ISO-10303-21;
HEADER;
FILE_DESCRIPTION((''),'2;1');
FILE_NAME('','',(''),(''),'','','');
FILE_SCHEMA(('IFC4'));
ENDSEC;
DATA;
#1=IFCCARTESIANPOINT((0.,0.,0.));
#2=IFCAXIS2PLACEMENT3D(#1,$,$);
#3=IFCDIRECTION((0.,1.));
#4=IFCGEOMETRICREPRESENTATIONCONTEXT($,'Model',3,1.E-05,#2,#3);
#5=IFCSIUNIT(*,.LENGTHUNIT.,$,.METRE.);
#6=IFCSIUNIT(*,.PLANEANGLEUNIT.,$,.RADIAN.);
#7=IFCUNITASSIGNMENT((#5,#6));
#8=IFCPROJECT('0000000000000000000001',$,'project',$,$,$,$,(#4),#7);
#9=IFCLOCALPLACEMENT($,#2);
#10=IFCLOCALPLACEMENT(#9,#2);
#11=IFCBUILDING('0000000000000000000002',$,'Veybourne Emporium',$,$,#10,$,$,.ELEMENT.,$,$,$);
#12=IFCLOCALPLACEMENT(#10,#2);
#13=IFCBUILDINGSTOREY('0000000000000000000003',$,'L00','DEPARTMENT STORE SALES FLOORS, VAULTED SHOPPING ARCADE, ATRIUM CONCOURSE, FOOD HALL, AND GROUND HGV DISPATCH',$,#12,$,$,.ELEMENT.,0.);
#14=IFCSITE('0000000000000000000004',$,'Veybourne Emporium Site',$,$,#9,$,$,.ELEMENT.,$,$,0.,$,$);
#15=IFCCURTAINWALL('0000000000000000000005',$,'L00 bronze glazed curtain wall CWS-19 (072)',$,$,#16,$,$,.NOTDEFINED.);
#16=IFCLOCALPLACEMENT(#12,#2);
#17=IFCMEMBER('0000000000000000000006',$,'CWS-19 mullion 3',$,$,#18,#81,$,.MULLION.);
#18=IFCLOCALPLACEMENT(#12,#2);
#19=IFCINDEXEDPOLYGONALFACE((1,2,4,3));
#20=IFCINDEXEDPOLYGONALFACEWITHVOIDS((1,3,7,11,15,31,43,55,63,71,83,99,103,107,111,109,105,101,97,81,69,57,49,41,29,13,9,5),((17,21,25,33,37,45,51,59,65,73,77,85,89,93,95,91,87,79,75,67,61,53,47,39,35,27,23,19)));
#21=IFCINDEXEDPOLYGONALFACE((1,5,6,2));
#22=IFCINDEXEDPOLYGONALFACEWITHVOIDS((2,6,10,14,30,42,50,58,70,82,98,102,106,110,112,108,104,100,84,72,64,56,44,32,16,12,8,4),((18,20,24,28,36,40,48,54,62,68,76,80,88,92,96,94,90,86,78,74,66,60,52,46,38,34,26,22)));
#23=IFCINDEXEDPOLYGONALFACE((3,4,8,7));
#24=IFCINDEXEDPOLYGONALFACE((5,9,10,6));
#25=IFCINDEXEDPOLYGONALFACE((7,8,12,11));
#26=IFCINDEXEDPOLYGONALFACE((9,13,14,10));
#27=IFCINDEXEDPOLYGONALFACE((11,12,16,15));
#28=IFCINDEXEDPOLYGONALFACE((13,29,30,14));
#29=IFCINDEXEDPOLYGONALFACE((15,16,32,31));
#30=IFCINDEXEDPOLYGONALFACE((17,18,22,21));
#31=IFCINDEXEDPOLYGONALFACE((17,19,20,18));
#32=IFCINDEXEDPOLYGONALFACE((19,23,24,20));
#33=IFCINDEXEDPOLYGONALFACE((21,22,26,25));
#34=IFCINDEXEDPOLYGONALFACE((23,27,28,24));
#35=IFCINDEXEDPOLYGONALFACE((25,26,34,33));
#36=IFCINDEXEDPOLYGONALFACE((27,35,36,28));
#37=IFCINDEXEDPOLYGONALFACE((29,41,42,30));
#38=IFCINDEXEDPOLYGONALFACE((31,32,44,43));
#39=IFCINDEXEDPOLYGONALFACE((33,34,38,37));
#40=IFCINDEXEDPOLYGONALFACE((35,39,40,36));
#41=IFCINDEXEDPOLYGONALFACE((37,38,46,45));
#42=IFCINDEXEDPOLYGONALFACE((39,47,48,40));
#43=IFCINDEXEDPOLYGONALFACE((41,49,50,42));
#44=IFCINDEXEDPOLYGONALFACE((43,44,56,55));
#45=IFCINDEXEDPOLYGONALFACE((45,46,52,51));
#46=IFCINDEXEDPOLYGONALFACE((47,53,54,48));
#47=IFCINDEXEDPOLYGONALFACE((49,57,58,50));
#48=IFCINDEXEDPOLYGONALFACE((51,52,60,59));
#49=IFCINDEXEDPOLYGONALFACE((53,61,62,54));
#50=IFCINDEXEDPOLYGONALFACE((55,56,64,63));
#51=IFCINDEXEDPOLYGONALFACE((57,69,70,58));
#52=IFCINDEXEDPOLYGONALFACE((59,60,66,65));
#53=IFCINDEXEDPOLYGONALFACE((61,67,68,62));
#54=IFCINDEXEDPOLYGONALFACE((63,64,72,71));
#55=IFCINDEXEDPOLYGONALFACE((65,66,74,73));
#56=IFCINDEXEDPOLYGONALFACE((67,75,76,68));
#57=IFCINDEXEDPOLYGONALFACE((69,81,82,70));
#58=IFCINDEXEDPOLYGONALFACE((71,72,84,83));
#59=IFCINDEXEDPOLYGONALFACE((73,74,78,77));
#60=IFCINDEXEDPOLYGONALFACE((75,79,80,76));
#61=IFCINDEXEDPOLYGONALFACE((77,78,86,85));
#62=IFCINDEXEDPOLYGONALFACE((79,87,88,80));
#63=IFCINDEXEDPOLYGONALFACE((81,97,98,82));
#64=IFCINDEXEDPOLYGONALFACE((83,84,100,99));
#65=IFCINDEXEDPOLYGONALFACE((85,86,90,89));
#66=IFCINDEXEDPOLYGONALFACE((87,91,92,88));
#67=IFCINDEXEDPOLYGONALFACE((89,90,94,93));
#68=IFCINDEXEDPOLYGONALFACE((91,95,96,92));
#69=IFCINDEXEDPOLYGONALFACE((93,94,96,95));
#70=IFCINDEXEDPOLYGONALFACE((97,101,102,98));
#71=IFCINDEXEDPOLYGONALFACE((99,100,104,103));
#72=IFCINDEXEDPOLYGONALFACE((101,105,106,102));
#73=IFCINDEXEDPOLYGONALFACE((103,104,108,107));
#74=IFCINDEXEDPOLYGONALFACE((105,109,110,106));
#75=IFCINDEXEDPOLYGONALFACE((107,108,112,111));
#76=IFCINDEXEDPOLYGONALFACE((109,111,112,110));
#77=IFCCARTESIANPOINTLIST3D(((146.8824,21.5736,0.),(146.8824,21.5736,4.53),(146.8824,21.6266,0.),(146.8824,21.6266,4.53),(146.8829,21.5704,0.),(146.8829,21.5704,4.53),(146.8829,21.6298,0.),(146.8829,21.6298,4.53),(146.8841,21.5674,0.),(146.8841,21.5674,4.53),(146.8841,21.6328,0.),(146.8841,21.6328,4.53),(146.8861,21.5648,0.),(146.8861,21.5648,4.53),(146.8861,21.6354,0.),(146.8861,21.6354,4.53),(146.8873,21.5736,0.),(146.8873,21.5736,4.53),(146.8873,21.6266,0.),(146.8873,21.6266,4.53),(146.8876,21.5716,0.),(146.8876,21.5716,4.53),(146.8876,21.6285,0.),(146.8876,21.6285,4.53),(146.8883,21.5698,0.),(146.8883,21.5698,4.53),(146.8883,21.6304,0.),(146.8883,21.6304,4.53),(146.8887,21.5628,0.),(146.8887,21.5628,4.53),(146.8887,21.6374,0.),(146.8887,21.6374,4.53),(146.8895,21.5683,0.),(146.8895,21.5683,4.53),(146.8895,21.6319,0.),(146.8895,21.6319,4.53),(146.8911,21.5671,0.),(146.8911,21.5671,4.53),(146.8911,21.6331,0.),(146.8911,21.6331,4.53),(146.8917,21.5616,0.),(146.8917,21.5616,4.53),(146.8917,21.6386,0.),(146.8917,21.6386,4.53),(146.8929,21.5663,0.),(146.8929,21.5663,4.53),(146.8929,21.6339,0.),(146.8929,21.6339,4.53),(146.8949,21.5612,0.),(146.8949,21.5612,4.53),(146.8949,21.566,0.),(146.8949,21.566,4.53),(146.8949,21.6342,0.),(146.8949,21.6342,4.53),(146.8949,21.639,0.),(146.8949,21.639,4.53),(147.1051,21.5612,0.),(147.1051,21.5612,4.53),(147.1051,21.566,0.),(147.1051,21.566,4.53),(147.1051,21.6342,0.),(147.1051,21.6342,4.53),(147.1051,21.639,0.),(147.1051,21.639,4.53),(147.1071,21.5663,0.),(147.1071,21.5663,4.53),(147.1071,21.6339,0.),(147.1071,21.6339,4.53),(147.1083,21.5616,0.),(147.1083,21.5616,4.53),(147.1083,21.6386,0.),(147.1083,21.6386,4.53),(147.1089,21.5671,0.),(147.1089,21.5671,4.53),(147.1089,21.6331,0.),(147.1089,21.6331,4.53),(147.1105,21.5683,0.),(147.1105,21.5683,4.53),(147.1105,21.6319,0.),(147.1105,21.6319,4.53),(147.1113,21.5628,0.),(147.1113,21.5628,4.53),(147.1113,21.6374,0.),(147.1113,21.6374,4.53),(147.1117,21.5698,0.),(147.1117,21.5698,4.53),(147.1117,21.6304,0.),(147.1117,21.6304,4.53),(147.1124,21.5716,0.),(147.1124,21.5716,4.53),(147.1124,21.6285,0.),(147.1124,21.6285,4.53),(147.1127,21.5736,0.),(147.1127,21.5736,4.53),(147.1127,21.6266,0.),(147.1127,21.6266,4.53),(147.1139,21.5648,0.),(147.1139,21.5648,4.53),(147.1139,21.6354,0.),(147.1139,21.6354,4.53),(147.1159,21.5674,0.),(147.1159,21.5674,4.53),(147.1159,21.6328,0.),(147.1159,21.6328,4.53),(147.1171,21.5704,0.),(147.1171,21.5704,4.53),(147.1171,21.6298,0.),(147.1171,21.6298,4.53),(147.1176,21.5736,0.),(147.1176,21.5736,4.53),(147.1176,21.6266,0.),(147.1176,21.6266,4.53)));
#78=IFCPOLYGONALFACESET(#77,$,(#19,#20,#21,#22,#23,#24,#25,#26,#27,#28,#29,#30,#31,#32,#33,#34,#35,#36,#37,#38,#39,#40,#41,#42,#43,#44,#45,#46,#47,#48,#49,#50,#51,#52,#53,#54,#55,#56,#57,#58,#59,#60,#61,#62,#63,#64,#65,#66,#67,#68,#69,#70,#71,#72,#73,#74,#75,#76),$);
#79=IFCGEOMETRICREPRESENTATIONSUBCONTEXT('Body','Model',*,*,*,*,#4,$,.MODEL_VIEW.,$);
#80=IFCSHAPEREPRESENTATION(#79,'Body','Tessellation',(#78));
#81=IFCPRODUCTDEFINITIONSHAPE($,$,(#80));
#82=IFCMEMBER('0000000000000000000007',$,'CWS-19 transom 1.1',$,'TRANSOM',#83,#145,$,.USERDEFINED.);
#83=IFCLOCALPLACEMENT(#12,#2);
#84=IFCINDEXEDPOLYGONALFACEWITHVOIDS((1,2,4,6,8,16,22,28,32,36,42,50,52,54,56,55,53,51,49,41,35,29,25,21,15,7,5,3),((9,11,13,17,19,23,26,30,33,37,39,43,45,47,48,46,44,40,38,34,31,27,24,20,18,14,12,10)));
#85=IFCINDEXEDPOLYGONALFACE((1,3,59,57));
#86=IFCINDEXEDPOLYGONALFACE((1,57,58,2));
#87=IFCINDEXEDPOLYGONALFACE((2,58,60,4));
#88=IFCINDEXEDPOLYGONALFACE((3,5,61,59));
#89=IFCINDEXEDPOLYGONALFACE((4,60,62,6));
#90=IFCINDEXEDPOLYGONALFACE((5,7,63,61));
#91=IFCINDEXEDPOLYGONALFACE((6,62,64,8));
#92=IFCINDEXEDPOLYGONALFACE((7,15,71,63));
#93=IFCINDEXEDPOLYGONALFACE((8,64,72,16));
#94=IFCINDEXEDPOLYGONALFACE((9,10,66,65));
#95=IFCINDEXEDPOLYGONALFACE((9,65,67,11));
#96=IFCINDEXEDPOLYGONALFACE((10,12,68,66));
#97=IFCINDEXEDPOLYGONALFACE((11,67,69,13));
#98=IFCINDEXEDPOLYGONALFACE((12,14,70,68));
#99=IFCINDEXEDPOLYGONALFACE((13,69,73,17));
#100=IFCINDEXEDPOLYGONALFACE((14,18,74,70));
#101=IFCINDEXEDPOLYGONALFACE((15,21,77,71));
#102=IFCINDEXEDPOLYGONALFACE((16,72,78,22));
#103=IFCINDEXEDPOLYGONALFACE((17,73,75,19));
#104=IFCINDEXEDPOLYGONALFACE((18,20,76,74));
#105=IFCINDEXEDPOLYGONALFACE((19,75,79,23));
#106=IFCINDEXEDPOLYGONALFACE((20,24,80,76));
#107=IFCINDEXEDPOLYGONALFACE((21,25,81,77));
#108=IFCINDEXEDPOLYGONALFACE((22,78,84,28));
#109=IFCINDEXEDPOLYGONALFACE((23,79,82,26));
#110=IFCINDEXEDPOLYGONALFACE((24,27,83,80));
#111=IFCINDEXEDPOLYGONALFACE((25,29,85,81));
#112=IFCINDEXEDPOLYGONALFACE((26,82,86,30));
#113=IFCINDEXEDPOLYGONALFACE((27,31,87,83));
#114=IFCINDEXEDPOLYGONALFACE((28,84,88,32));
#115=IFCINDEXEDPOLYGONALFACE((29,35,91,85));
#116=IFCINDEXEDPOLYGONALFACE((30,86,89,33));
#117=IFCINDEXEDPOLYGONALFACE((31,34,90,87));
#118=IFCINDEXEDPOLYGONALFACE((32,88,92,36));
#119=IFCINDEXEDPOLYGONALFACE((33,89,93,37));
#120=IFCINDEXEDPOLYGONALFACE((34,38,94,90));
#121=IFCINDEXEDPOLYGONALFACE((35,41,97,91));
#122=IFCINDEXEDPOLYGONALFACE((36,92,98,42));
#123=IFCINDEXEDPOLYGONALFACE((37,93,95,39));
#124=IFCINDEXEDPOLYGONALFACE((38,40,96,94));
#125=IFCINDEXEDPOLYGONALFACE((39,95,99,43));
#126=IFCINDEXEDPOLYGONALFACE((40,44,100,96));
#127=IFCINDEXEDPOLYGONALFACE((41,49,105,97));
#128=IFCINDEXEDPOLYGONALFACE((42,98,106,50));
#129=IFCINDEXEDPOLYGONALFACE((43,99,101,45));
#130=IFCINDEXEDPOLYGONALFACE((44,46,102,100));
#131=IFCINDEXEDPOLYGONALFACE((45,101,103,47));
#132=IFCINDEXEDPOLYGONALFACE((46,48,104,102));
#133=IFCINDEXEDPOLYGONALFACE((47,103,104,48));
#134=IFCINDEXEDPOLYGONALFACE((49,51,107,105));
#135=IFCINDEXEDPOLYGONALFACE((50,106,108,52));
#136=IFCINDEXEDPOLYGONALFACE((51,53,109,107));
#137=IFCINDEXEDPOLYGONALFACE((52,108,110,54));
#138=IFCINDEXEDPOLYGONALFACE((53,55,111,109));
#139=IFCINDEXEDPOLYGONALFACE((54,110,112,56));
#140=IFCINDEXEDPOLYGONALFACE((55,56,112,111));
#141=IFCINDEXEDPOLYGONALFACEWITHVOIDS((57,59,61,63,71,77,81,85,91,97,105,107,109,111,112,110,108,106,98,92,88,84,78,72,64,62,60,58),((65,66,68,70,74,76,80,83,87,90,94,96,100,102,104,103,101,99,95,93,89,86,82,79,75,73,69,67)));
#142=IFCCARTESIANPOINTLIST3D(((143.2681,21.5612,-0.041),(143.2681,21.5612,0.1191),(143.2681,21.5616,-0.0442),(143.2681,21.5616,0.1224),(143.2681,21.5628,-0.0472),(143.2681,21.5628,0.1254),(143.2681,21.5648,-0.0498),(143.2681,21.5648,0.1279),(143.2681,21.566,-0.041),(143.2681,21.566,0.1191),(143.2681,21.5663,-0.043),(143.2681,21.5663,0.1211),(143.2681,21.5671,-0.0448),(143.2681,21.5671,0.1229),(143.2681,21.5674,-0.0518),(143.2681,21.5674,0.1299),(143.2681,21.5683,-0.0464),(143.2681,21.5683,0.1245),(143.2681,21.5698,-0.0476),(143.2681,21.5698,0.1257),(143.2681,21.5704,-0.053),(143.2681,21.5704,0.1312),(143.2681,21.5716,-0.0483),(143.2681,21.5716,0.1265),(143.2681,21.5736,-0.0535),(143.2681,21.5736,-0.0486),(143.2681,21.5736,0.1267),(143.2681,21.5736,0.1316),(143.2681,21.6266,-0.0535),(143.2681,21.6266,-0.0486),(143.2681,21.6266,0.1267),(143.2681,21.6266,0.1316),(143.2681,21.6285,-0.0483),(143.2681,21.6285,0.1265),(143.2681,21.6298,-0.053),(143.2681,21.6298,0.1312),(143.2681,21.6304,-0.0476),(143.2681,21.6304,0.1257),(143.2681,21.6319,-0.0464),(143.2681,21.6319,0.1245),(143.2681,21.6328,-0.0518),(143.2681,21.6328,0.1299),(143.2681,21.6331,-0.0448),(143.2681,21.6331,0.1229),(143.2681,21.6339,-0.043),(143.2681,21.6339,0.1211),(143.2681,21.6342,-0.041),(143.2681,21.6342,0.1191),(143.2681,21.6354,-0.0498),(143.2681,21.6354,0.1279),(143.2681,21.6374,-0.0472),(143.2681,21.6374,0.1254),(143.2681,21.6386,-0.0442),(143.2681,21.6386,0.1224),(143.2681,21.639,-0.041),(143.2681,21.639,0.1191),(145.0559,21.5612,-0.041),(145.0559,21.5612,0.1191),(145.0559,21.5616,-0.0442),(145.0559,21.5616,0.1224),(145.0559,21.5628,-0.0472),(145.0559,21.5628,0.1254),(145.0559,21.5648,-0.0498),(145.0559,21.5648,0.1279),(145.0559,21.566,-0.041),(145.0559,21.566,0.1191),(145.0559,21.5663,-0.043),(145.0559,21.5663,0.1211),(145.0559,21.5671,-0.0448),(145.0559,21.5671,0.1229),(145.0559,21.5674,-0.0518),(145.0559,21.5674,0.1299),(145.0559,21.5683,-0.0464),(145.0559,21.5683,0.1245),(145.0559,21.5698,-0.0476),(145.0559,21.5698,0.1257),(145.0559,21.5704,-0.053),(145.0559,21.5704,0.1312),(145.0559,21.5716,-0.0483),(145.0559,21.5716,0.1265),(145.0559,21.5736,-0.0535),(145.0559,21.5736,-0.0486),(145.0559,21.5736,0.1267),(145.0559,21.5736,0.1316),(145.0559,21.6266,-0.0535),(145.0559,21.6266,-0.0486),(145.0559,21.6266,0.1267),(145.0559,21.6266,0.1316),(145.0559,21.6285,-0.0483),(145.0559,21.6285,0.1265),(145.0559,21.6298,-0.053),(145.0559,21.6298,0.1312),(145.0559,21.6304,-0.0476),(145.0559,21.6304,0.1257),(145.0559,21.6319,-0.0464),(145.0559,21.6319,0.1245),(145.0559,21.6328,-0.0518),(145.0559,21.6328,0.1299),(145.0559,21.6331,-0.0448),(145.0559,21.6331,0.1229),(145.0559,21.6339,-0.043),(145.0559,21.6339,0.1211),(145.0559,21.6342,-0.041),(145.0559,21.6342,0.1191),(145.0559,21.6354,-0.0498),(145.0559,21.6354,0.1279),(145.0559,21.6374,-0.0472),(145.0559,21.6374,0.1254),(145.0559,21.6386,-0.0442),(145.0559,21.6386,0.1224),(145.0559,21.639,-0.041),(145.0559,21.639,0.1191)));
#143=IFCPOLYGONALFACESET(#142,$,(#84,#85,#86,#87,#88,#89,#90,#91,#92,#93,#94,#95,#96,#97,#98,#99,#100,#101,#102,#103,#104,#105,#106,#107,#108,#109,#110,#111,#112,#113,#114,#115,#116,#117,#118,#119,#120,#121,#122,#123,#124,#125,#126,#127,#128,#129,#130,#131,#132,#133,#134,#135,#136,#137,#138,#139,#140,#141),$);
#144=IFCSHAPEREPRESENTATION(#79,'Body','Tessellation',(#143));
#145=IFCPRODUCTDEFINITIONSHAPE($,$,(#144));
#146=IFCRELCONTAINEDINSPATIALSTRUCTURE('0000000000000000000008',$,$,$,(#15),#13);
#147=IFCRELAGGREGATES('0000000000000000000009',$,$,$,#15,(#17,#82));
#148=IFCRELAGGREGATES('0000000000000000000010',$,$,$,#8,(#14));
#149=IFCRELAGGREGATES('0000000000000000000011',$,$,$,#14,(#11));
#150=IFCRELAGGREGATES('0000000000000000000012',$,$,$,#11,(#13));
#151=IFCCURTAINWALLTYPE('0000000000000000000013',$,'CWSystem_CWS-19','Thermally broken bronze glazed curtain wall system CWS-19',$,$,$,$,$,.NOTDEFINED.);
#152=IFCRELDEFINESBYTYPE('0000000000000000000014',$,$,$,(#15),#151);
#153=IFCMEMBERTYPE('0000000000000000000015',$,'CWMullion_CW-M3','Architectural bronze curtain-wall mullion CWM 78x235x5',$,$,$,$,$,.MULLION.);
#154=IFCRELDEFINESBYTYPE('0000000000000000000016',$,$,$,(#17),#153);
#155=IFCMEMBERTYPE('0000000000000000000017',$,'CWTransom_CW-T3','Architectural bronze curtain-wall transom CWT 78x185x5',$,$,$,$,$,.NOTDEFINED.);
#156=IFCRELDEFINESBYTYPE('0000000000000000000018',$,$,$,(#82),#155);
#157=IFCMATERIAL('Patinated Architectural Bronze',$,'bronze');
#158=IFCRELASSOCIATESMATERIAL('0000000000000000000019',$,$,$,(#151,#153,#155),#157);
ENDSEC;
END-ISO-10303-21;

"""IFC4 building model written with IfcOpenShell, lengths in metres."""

from ifc_helpers import new_model, si_unit, direction, frame, origin, origin_2d, place, context, subcontext, project, spatial, hollow_rectangle, extrude, material, material_profile, profile_set, type_object, element, aggregate, save


model = new_model("IFC4")

# Units and contexts
model_context = context("Model", 3, precision=1e-05, world=origin(), true_north=direction((0.0, 1.0)))
body_context = subcontext(model_context, "Body", "Model", "MODEL_VIEW")
ifc_project = project(units=[si_unit("LENGTHUNIT", "METRE"), si_unit("PLANEANGLEUNIT", "RADIAN")], contexts=[model_context])

# Site, building, storey
site_placement = place(None, origin())
site = spatial("IfcSite", under=ifc_project, at=site_placement, Name="Veybourne Emporium Site", CompositionType="ELEMENT", RefElevation=0.0)
building_placement = place(site_placement, origin())
building = spatial("IfcBuilding", under=site, at=building_placement, Name="Veybourne Emporium", CompositionType="ELEMENT")
storey_placement = place(building_placement, origin())
storey = spatial("IfcBuildingStorey", under=building, at=storey_placement, Name="L00", Description="DEPARTMENT STORE SALES FLOORS, VAULTED SHOPPING ARCADE, ATRIUM CONCOURSE, FOOD HALL, AND GROUND HGV DISPATCH", CompositionType="ELEMENT", Elevation=0.0)

# Curtain wall, members
ifc_material_1 = material(Name="Patinated Architectural Bronze", Category="bronze")
curtain_wall_type = type_object("IfcCurtainWallType", Name="CWSystem_CWS-19", Description="Thermally broken bronze glazed curtain wall system CWS-19", PredefinedType="NOTDEFINED", material=ifc_material_1)
curtain_wall_placement = place(storey_placement, origin())
curtain_wall = element("IfcCurtainWall", 1, at=curtain_wall_placement, inside=storey, type_object=curtain_wall_type, Name="L00 bronze glazed curtain wall CWS-19 (072)", PredefinedType="NOTDEFINED")
ifc_material_profile_1 = material_profile(ifc_material_1, hollow_rectangle(XDim=0.0779, YDim=0.2351, WallThickness=0.0049, InnerFilletRadius=0.0076, OuterFilletRadius=0.0125, at=origin_2d()), Name="CWM 78x235x5")
ifc_profile_set_1 = profile_set([ifc_material_profile_1], Name="Patinated Architectural Bronze")
member_type_1 = type_object("IfcMemberType", Name="CWMullion_CW-M3", Description="Architectural bronze curtain-wall mullion CWM 78x235x5", PredefinedType="MULLION", material=ifc_profile_set_1)
member_1_placement = place(storey_placement, frame((147.0, 21.6001, 0.0), z_axis=(0.0, 0.0, 1.0), x_axis=(0.0, 1.0, 0.0)))
member_1 = element("IfcMember", 2, at=member_1_placement, type_object=member_type_1, Name="CWS-19 mullion 3", PredefinedType="MULLION", context=body_context, shape_type="SweptSolid", body=[
    extrude(hollow_rectangle(XDim=0.0779, YDim=0.2351, WallThickness=0.0049, InnerFilletRadius=0.0076, OuterFilletRadius=0.0125, at=origin_2d()), origin(), (0.0, 0.0, 1.0), 4.53),
])
ifc_material_profile_2 = material_profile(ifc_material_1, hollow_rectangle(XDim=0.0779, YDim=0.1851, WallThickness=0.0049, InnerFilletRadius=0.0076, OuterFilletRadius=0.0125, at=origin_2d()), Name="CWT 78x185x5")
ifc_profile_set_2 = profile_set([ifc_material_profile_2], Name="Patinated Architectural Bronze")
member_type_2 = type_object("IfcMemberType", Name="CWTransom_CW-T3", Description="Architectural bronze curtain-wall transom CWT 78x185x5", PredefinedType="NOTDEFINED", material=ifc_profile_set_2)
member_2_placement = place(storey_placement, frame((143.2681, 21.6001, 0.0391), z_axis=(1.0, 0.0, 0.0), x_axis=(0.0, 1.0, 0.0)))
member_2 = element("IfcMember", 3, at=member_2_placement, type_object=member_type_2, Name="CWS-19 transom 1.1", ObjectType="TRANSOM", PredefinedType="USERDEFINED", context=body_context, shape_type="SweptSolid", body=[
    extrude(hollow_rectangle(XDim=0.0779, YDim=0.1851, WallThickness=0.0049, InnerFilletRadius=0.0076, OuterFilletRadius=0.0125, at=origin_2d()), origin(), (0.0, 0.0, 1.0), 1.7878),
])

aggregate(curtain_wall, [member_1, member_2])

save(model, "model.ifc")
